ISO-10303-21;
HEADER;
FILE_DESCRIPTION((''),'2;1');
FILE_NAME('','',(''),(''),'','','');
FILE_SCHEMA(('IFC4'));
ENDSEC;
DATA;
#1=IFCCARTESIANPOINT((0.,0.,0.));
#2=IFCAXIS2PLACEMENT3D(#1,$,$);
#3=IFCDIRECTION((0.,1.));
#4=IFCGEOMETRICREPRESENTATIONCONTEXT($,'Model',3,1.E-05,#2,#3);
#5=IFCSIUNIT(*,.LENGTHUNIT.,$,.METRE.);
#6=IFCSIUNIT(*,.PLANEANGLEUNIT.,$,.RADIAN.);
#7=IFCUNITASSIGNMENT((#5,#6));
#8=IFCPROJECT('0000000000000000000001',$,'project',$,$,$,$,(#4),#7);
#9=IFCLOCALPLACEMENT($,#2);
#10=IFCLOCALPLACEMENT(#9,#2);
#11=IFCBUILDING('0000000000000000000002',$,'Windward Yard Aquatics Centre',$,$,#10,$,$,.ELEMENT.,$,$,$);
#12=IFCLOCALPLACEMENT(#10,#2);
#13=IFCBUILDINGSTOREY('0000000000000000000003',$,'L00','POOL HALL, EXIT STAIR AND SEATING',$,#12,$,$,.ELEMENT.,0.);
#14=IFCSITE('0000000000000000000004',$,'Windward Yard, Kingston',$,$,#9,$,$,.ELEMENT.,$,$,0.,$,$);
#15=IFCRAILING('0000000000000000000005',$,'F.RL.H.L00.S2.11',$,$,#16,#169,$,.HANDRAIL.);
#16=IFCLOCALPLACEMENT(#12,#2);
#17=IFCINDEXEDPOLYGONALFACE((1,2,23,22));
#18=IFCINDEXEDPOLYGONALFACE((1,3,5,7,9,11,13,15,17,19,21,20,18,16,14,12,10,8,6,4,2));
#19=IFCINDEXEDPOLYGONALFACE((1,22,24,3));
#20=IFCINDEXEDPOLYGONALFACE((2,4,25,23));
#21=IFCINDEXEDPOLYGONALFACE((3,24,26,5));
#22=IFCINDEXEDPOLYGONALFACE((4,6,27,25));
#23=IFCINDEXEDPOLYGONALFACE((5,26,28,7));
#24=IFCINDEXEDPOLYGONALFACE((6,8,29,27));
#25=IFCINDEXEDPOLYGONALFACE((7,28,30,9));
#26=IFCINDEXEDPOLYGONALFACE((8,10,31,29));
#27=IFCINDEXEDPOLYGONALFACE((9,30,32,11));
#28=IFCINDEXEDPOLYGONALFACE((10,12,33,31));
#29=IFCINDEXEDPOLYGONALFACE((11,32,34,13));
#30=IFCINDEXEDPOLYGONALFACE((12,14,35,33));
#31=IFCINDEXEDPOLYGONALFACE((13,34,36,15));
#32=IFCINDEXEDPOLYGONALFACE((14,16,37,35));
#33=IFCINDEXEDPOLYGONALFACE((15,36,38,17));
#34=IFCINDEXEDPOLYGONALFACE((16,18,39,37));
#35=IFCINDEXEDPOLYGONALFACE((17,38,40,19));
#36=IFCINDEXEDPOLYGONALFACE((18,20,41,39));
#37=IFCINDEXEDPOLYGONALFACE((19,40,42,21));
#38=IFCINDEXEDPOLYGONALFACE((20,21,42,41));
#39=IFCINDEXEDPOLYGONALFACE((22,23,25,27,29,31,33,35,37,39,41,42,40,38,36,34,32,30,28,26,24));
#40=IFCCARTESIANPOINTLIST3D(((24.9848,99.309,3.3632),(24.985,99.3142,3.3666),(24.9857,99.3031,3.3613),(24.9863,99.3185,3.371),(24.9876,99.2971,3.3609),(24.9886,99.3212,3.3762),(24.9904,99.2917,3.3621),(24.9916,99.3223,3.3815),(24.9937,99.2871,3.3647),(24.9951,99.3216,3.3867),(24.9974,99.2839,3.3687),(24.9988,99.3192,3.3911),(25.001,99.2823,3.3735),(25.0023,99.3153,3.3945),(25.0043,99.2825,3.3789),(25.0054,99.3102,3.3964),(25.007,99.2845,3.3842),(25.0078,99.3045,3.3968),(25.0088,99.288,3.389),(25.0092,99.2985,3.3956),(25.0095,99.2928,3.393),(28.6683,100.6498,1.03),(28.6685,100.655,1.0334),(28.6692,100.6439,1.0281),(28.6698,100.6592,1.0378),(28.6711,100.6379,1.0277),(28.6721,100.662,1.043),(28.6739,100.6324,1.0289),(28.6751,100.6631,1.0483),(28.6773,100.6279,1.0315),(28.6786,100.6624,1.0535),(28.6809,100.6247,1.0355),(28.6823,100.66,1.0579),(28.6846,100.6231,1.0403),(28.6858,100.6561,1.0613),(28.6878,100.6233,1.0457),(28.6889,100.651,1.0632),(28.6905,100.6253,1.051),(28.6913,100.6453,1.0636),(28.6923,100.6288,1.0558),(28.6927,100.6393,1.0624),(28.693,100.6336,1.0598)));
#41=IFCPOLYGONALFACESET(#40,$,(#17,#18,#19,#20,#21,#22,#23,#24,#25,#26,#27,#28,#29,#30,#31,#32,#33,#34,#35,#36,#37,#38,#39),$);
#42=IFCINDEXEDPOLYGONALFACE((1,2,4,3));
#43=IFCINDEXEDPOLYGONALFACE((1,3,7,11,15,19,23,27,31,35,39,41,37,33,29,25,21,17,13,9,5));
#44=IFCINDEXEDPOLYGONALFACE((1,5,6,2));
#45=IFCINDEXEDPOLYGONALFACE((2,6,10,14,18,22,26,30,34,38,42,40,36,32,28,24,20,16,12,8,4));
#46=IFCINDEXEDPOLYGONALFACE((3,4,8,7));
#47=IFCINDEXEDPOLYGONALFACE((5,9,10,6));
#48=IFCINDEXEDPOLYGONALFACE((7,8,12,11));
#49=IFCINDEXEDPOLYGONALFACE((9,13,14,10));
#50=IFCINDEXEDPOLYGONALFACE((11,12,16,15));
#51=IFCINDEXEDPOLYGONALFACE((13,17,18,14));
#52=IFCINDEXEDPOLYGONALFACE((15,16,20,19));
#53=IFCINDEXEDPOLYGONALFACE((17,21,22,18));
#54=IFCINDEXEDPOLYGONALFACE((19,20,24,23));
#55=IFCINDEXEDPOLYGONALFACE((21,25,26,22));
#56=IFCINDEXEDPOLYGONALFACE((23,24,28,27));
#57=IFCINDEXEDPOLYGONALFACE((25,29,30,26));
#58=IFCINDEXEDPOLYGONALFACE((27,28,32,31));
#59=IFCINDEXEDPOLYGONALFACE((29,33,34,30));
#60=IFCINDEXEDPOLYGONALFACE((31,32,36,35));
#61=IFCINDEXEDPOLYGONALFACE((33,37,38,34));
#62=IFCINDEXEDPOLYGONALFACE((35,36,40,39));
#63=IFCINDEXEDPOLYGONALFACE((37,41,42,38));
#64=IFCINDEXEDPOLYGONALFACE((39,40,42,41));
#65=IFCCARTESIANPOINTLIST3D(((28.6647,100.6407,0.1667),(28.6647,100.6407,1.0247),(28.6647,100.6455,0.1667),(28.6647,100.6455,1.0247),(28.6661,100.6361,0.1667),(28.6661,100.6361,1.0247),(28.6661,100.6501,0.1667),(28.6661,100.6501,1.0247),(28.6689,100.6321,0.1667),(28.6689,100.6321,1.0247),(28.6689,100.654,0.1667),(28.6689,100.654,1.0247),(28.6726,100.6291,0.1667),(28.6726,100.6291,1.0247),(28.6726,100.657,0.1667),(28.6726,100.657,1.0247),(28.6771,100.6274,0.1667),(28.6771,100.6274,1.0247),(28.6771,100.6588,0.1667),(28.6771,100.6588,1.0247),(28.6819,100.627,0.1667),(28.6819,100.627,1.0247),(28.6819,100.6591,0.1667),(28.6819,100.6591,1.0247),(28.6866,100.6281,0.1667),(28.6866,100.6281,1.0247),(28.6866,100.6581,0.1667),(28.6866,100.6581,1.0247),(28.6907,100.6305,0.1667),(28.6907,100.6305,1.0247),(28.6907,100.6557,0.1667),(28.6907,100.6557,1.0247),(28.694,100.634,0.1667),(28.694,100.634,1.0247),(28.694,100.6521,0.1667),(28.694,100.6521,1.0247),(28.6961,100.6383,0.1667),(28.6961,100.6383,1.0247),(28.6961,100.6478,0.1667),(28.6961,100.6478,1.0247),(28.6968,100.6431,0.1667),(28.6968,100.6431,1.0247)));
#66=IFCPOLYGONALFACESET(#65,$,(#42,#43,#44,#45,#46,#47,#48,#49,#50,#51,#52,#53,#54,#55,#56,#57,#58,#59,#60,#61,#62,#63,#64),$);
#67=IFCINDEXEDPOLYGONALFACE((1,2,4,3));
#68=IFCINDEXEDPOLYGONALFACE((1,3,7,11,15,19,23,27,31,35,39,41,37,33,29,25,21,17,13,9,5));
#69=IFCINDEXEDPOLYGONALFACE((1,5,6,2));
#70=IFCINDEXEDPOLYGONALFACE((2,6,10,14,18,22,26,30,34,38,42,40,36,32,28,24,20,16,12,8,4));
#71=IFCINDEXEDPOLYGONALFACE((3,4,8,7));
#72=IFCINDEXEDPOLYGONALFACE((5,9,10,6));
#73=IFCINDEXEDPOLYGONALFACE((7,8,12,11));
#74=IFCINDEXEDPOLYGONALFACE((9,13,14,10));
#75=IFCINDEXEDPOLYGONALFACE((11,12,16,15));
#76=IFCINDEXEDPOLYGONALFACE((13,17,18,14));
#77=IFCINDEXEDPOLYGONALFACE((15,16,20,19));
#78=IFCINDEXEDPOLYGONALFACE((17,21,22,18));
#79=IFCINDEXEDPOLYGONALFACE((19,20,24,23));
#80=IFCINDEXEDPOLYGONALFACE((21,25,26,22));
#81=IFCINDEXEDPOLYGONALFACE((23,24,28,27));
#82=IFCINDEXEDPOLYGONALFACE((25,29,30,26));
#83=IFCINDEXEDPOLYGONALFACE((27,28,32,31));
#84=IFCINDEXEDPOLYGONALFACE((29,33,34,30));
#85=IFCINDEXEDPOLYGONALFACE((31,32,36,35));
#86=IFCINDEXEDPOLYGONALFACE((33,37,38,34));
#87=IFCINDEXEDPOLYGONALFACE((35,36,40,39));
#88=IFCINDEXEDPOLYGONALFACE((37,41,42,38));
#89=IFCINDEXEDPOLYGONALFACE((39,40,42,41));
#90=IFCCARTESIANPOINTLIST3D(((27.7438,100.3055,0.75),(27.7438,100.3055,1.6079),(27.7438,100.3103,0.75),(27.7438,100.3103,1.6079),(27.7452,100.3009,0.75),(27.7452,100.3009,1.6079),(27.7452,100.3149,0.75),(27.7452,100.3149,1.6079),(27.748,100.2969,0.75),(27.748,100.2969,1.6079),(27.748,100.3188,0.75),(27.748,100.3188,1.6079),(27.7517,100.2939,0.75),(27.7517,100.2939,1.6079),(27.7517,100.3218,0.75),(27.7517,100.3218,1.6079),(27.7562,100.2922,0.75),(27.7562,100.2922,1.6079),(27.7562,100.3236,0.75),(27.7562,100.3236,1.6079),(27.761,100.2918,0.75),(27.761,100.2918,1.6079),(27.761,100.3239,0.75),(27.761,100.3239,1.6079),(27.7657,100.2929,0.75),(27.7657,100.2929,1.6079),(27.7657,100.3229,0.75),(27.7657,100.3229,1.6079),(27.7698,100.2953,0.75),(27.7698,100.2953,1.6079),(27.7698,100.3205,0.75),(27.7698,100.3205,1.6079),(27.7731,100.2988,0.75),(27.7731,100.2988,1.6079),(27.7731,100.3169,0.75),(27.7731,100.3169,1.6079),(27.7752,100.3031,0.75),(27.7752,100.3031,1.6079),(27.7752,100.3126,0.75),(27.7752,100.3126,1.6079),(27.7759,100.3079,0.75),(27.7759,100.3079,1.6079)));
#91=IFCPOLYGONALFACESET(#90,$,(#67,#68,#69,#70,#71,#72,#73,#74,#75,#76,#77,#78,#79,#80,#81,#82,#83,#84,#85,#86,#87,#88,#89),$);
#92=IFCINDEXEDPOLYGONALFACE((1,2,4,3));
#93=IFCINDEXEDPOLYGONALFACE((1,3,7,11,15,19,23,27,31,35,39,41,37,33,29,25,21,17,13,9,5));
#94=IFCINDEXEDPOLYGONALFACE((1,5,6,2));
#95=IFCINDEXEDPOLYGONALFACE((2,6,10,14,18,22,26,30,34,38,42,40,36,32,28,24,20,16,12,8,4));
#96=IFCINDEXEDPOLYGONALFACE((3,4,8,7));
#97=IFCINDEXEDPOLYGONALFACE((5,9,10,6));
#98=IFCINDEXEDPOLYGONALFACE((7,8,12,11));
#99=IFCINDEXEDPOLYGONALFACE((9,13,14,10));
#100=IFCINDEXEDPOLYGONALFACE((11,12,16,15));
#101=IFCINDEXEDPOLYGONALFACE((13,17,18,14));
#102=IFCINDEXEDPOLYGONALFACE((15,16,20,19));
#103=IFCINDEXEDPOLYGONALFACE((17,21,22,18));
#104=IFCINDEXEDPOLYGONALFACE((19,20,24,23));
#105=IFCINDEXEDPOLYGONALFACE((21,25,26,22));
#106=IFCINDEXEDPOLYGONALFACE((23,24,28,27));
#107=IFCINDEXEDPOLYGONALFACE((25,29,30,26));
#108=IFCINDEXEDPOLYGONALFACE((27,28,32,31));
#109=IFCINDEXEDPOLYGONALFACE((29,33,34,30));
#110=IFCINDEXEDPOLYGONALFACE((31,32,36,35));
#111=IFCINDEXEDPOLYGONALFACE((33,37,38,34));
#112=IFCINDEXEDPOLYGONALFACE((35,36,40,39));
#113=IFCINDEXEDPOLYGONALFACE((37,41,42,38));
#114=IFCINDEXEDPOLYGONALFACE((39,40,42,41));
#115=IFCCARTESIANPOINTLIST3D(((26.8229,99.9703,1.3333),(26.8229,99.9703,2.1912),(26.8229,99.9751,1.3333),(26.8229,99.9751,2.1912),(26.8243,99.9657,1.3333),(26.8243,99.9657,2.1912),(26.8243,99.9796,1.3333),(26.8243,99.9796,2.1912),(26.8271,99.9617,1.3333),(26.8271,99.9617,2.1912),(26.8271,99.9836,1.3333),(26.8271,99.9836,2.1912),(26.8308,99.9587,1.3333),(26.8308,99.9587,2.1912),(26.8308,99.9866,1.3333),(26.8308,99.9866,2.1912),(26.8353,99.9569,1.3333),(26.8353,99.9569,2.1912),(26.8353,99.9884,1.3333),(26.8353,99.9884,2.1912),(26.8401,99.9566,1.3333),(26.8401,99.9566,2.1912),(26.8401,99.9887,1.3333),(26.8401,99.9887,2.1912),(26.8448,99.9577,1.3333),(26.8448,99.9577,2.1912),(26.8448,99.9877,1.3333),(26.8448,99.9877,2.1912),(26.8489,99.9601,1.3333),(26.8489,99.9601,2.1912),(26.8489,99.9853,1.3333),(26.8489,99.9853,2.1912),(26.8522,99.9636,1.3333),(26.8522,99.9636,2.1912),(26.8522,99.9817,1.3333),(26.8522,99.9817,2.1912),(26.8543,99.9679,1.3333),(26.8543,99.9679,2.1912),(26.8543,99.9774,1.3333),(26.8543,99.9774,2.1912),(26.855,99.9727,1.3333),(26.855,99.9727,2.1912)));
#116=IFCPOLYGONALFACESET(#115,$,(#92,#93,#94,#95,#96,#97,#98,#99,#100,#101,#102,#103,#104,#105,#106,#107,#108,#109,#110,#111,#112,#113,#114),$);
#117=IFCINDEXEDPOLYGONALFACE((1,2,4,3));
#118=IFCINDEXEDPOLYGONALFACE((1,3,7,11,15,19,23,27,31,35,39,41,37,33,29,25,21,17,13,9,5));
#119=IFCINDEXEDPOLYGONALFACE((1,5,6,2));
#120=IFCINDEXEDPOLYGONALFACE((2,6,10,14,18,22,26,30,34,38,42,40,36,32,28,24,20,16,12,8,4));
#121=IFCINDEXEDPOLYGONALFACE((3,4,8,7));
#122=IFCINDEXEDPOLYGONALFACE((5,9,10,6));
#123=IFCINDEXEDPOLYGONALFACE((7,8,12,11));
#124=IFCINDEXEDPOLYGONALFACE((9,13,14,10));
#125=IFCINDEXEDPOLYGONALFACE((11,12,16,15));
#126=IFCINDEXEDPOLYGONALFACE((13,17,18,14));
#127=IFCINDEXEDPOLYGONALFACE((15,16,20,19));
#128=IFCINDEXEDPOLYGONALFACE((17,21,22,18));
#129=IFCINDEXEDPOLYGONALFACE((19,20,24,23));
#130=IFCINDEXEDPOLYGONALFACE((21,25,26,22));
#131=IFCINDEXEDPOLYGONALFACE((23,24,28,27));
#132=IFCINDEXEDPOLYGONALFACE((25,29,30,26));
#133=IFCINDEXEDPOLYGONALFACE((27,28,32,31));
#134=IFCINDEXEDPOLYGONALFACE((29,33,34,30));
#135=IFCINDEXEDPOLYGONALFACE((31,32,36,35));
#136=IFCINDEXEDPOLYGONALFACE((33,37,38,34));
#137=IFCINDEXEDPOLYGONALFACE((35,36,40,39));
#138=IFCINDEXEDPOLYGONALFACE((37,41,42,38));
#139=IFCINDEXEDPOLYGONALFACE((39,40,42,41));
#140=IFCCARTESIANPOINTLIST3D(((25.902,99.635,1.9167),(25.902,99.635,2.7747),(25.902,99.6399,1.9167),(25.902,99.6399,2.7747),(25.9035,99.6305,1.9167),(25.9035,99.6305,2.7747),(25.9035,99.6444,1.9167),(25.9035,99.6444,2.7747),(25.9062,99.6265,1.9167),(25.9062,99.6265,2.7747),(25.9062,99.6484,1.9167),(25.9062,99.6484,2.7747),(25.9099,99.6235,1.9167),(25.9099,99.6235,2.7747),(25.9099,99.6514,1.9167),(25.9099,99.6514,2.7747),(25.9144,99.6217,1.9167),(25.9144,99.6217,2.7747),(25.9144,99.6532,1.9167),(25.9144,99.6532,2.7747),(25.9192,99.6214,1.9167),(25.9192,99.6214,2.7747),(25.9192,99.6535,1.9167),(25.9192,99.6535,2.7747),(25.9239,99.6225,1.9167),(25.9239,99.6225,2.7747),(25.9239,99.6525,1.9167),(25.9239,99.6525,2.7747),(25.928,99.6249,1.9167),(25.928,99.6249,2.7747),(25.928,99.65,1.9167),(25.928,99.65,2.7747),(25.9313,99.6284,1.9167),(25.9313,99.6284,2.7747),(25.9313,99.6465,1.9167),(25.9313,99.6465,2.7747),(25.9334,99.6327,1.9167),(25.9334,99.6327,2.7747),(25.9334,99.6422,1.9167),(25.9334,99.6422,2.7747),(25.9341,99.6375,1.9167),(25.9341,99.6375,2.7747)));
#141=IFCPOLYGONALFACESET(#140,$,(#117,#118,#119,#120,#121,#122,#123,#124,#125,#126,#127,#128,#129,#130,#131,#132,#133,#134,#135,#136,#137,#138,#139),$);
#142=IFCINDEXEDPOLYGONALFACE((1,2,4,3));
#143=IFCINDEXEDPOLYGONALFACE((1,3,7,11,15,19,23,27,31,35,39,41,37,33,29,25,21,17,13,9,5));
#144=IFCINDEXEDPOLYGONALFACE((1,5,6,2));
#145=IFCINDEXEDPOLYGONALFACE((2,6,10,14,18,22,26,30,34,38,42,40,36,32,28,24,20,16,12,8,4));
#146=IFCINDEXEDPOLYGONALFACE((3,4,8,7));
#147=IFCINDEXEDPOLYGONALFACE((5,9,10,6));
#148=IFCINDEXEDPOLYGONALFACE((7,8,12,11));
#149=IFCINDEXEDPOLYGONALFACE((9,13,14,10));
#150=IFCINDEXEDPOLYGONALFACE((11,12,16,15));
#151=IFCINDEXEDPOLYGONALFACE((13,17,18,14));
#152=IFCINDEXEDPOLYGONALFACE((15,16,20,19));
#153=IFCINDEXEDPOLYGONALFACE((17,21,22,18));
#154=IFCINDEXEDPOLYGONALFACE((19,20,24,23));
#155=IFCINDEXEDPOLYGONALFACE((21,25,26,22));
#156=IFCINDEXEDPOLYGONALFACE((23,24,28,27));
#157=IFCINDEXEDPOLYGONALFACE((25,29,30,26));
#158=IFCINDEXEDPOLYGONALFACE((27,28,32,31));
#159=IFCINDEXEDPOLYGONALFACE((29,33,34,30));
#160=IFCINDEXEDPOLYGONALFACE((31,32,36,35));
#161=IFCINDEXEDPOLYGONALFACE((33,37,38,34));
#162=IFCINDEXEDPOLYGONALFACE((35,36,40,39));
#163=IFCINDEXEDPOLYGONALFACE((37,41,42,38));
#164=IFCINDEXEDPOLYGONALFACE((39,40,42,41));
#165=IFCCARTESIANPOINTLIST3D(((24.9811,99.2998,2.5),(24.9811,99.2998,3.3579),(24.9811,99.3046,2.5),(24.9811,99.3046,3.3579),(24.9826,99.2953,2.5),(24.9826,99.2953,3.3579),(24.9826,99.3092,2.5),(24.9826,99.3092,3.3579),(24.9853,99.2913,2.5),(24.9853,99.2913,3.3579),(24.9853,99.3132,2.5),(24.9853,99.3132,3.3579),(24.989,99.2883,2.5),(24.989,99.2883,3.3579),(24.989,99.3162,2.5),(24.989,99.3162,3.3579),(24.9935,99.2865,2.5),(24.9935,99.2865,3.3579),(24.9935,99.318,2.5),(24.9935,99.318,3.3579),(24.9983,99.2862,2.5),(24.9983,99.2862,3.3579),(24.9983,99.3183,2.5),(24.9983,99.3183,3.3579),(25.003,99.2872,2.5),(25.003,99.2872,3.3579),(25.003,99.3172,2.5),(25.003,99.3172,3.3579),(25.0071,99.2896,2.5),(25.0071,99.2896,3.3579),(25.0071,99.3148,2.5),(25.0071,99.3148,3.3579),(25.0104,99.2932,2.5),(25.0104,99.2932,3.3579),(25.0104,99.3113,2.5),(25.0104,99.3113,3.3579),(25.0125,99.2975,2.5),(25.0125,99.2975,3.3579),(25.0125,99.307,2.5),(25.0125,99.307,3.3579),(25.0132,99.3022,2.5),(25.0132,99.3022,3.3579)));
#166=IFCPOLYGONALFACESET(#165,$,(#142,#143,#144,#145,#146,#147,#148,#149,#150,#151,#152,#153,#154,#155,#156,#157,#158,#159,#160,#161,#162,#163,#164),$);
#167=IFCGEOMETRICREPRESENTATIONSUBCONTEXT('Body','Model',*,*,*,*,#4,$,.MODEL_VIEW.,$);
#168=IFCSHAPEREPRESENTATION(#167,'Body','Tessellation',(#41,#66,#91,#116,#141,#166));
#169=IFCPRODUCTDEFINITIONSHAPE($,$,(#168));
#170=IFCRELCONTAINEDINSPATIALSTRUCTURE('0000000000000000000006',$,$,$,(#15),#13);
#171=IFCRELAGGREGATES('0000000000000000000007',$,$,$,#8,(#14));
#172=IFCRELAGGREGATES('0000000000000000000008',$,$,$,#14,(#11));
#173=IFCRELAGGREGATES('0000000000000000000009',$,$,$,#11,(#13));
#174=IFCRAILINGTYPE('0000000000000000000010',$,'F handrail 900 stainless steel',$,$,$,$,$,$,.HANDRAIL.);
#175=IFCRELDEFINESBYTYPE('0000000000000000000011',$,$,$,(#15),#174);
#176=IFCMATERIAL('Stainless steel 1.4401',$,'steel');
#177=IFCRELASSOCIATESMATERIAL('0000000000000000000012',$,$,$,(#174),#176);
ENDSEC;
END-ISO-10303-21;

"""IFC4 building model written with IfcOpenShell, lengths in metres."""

from ifc_helpers import new_model, si_unit, direction, frame, origin, origin_2d, place, context, subcontext, project, spatial, circle, extrude, material, type_object, element, save


model = new_model("IFC4")

# Units and contexts
model_context = context("Model", 3, precision=1e-05, world=origin(), true_north=direction((0.0, 1.0)))
body_context = subcontext(model_context, "Body", "Model", "MODEL_VIEW")
ifc_project = project(units=[si_unit("LENGTHUNIT", "METRE"), si_unit("PLANEANGLEUNIT", "RADIAN")], contexts=[model_context])

# Site, building, storey
site_placement = place(None, origin())
site = spatial("IfcSite", under=ifc_project, at=site_placement, Name="Windward Yard, Kingston", CompositionType="ELEMENT", RefElevation=0.0)
building_placement = place(site_placement, origin())
building = spatial("IfcBuilding", under=site, at=building_placement, Name="Windward Yard Aquatics Centre", CompositionType="ELEMENT")
storey_placement = place(building_placement, origin())
storey = spatial("IfcBuildingStorey", under=building, at=storey_placement, Name="L00", Description="POOL HALL, EXIT STAIR AND SEATING", CompositionType="ELEMENT", Elevation=0.0)

# Railing
ifc_material_1 = material(Name="Stainless steel 1.4401", Category="steel")
railing_type = type_object("IfcRailingType", Name="F handrail 900 stainless steel", PredefinedType="HANDRAIL", material=ifc_material_1)
for number, where, name in (
    (1, (28.6807, 100.6431, 0.1667), "F.RL.H.L00.S2.11"),
):
    element("IfcRailing", number, at=place(storey_placement, frame(where)), inside=storey, type_object=railing_type, Name=name, PredefinedType="HANDRAIL", context=body_context, shape_type="SweptSolid", body=[
        extrude(circle(Radius=0.021, at=origin_2d()), frame((0.0, 0.0, 0.8789), z_axis=(-0.807473, -0.293919, 0.511467), x_axis=(0.342043, -0.939684, 0.0)), (0.0, 0.0, 1.0), 4.5618),
        extrude(circle(Radius=0.0161, at=origin_2d()), origin(), (0.0, 0.0, 1.0), 0.8579),
        extrude(circle(Radius=0.0161, at=origin_2d()), frame((-0.9209, -0.3352, 0.5833)), (0.0, 0.0, 1.0), 0.8579),
        extrude(circle(Radius=0.0161, at=origin_2d()), frame((-1.8418, -0.6704, 1.1665)), (0.0, 0.0, 1.0), 0.8579),
        extrude(circle(Radius=0.0161, at=origin_2d()), frame((-2.7627, -1.0056, 1.75)), (0.0, 0.0, 1.0), 0.8579),
        extrude(circle(Radius=0.0161, at=origin_2d()), frame((-3.6836, -1.3408, 2.3333)), (0.0, 0.0, 1.0), 0.8579),
    ])

save(model, "model.ifc")
